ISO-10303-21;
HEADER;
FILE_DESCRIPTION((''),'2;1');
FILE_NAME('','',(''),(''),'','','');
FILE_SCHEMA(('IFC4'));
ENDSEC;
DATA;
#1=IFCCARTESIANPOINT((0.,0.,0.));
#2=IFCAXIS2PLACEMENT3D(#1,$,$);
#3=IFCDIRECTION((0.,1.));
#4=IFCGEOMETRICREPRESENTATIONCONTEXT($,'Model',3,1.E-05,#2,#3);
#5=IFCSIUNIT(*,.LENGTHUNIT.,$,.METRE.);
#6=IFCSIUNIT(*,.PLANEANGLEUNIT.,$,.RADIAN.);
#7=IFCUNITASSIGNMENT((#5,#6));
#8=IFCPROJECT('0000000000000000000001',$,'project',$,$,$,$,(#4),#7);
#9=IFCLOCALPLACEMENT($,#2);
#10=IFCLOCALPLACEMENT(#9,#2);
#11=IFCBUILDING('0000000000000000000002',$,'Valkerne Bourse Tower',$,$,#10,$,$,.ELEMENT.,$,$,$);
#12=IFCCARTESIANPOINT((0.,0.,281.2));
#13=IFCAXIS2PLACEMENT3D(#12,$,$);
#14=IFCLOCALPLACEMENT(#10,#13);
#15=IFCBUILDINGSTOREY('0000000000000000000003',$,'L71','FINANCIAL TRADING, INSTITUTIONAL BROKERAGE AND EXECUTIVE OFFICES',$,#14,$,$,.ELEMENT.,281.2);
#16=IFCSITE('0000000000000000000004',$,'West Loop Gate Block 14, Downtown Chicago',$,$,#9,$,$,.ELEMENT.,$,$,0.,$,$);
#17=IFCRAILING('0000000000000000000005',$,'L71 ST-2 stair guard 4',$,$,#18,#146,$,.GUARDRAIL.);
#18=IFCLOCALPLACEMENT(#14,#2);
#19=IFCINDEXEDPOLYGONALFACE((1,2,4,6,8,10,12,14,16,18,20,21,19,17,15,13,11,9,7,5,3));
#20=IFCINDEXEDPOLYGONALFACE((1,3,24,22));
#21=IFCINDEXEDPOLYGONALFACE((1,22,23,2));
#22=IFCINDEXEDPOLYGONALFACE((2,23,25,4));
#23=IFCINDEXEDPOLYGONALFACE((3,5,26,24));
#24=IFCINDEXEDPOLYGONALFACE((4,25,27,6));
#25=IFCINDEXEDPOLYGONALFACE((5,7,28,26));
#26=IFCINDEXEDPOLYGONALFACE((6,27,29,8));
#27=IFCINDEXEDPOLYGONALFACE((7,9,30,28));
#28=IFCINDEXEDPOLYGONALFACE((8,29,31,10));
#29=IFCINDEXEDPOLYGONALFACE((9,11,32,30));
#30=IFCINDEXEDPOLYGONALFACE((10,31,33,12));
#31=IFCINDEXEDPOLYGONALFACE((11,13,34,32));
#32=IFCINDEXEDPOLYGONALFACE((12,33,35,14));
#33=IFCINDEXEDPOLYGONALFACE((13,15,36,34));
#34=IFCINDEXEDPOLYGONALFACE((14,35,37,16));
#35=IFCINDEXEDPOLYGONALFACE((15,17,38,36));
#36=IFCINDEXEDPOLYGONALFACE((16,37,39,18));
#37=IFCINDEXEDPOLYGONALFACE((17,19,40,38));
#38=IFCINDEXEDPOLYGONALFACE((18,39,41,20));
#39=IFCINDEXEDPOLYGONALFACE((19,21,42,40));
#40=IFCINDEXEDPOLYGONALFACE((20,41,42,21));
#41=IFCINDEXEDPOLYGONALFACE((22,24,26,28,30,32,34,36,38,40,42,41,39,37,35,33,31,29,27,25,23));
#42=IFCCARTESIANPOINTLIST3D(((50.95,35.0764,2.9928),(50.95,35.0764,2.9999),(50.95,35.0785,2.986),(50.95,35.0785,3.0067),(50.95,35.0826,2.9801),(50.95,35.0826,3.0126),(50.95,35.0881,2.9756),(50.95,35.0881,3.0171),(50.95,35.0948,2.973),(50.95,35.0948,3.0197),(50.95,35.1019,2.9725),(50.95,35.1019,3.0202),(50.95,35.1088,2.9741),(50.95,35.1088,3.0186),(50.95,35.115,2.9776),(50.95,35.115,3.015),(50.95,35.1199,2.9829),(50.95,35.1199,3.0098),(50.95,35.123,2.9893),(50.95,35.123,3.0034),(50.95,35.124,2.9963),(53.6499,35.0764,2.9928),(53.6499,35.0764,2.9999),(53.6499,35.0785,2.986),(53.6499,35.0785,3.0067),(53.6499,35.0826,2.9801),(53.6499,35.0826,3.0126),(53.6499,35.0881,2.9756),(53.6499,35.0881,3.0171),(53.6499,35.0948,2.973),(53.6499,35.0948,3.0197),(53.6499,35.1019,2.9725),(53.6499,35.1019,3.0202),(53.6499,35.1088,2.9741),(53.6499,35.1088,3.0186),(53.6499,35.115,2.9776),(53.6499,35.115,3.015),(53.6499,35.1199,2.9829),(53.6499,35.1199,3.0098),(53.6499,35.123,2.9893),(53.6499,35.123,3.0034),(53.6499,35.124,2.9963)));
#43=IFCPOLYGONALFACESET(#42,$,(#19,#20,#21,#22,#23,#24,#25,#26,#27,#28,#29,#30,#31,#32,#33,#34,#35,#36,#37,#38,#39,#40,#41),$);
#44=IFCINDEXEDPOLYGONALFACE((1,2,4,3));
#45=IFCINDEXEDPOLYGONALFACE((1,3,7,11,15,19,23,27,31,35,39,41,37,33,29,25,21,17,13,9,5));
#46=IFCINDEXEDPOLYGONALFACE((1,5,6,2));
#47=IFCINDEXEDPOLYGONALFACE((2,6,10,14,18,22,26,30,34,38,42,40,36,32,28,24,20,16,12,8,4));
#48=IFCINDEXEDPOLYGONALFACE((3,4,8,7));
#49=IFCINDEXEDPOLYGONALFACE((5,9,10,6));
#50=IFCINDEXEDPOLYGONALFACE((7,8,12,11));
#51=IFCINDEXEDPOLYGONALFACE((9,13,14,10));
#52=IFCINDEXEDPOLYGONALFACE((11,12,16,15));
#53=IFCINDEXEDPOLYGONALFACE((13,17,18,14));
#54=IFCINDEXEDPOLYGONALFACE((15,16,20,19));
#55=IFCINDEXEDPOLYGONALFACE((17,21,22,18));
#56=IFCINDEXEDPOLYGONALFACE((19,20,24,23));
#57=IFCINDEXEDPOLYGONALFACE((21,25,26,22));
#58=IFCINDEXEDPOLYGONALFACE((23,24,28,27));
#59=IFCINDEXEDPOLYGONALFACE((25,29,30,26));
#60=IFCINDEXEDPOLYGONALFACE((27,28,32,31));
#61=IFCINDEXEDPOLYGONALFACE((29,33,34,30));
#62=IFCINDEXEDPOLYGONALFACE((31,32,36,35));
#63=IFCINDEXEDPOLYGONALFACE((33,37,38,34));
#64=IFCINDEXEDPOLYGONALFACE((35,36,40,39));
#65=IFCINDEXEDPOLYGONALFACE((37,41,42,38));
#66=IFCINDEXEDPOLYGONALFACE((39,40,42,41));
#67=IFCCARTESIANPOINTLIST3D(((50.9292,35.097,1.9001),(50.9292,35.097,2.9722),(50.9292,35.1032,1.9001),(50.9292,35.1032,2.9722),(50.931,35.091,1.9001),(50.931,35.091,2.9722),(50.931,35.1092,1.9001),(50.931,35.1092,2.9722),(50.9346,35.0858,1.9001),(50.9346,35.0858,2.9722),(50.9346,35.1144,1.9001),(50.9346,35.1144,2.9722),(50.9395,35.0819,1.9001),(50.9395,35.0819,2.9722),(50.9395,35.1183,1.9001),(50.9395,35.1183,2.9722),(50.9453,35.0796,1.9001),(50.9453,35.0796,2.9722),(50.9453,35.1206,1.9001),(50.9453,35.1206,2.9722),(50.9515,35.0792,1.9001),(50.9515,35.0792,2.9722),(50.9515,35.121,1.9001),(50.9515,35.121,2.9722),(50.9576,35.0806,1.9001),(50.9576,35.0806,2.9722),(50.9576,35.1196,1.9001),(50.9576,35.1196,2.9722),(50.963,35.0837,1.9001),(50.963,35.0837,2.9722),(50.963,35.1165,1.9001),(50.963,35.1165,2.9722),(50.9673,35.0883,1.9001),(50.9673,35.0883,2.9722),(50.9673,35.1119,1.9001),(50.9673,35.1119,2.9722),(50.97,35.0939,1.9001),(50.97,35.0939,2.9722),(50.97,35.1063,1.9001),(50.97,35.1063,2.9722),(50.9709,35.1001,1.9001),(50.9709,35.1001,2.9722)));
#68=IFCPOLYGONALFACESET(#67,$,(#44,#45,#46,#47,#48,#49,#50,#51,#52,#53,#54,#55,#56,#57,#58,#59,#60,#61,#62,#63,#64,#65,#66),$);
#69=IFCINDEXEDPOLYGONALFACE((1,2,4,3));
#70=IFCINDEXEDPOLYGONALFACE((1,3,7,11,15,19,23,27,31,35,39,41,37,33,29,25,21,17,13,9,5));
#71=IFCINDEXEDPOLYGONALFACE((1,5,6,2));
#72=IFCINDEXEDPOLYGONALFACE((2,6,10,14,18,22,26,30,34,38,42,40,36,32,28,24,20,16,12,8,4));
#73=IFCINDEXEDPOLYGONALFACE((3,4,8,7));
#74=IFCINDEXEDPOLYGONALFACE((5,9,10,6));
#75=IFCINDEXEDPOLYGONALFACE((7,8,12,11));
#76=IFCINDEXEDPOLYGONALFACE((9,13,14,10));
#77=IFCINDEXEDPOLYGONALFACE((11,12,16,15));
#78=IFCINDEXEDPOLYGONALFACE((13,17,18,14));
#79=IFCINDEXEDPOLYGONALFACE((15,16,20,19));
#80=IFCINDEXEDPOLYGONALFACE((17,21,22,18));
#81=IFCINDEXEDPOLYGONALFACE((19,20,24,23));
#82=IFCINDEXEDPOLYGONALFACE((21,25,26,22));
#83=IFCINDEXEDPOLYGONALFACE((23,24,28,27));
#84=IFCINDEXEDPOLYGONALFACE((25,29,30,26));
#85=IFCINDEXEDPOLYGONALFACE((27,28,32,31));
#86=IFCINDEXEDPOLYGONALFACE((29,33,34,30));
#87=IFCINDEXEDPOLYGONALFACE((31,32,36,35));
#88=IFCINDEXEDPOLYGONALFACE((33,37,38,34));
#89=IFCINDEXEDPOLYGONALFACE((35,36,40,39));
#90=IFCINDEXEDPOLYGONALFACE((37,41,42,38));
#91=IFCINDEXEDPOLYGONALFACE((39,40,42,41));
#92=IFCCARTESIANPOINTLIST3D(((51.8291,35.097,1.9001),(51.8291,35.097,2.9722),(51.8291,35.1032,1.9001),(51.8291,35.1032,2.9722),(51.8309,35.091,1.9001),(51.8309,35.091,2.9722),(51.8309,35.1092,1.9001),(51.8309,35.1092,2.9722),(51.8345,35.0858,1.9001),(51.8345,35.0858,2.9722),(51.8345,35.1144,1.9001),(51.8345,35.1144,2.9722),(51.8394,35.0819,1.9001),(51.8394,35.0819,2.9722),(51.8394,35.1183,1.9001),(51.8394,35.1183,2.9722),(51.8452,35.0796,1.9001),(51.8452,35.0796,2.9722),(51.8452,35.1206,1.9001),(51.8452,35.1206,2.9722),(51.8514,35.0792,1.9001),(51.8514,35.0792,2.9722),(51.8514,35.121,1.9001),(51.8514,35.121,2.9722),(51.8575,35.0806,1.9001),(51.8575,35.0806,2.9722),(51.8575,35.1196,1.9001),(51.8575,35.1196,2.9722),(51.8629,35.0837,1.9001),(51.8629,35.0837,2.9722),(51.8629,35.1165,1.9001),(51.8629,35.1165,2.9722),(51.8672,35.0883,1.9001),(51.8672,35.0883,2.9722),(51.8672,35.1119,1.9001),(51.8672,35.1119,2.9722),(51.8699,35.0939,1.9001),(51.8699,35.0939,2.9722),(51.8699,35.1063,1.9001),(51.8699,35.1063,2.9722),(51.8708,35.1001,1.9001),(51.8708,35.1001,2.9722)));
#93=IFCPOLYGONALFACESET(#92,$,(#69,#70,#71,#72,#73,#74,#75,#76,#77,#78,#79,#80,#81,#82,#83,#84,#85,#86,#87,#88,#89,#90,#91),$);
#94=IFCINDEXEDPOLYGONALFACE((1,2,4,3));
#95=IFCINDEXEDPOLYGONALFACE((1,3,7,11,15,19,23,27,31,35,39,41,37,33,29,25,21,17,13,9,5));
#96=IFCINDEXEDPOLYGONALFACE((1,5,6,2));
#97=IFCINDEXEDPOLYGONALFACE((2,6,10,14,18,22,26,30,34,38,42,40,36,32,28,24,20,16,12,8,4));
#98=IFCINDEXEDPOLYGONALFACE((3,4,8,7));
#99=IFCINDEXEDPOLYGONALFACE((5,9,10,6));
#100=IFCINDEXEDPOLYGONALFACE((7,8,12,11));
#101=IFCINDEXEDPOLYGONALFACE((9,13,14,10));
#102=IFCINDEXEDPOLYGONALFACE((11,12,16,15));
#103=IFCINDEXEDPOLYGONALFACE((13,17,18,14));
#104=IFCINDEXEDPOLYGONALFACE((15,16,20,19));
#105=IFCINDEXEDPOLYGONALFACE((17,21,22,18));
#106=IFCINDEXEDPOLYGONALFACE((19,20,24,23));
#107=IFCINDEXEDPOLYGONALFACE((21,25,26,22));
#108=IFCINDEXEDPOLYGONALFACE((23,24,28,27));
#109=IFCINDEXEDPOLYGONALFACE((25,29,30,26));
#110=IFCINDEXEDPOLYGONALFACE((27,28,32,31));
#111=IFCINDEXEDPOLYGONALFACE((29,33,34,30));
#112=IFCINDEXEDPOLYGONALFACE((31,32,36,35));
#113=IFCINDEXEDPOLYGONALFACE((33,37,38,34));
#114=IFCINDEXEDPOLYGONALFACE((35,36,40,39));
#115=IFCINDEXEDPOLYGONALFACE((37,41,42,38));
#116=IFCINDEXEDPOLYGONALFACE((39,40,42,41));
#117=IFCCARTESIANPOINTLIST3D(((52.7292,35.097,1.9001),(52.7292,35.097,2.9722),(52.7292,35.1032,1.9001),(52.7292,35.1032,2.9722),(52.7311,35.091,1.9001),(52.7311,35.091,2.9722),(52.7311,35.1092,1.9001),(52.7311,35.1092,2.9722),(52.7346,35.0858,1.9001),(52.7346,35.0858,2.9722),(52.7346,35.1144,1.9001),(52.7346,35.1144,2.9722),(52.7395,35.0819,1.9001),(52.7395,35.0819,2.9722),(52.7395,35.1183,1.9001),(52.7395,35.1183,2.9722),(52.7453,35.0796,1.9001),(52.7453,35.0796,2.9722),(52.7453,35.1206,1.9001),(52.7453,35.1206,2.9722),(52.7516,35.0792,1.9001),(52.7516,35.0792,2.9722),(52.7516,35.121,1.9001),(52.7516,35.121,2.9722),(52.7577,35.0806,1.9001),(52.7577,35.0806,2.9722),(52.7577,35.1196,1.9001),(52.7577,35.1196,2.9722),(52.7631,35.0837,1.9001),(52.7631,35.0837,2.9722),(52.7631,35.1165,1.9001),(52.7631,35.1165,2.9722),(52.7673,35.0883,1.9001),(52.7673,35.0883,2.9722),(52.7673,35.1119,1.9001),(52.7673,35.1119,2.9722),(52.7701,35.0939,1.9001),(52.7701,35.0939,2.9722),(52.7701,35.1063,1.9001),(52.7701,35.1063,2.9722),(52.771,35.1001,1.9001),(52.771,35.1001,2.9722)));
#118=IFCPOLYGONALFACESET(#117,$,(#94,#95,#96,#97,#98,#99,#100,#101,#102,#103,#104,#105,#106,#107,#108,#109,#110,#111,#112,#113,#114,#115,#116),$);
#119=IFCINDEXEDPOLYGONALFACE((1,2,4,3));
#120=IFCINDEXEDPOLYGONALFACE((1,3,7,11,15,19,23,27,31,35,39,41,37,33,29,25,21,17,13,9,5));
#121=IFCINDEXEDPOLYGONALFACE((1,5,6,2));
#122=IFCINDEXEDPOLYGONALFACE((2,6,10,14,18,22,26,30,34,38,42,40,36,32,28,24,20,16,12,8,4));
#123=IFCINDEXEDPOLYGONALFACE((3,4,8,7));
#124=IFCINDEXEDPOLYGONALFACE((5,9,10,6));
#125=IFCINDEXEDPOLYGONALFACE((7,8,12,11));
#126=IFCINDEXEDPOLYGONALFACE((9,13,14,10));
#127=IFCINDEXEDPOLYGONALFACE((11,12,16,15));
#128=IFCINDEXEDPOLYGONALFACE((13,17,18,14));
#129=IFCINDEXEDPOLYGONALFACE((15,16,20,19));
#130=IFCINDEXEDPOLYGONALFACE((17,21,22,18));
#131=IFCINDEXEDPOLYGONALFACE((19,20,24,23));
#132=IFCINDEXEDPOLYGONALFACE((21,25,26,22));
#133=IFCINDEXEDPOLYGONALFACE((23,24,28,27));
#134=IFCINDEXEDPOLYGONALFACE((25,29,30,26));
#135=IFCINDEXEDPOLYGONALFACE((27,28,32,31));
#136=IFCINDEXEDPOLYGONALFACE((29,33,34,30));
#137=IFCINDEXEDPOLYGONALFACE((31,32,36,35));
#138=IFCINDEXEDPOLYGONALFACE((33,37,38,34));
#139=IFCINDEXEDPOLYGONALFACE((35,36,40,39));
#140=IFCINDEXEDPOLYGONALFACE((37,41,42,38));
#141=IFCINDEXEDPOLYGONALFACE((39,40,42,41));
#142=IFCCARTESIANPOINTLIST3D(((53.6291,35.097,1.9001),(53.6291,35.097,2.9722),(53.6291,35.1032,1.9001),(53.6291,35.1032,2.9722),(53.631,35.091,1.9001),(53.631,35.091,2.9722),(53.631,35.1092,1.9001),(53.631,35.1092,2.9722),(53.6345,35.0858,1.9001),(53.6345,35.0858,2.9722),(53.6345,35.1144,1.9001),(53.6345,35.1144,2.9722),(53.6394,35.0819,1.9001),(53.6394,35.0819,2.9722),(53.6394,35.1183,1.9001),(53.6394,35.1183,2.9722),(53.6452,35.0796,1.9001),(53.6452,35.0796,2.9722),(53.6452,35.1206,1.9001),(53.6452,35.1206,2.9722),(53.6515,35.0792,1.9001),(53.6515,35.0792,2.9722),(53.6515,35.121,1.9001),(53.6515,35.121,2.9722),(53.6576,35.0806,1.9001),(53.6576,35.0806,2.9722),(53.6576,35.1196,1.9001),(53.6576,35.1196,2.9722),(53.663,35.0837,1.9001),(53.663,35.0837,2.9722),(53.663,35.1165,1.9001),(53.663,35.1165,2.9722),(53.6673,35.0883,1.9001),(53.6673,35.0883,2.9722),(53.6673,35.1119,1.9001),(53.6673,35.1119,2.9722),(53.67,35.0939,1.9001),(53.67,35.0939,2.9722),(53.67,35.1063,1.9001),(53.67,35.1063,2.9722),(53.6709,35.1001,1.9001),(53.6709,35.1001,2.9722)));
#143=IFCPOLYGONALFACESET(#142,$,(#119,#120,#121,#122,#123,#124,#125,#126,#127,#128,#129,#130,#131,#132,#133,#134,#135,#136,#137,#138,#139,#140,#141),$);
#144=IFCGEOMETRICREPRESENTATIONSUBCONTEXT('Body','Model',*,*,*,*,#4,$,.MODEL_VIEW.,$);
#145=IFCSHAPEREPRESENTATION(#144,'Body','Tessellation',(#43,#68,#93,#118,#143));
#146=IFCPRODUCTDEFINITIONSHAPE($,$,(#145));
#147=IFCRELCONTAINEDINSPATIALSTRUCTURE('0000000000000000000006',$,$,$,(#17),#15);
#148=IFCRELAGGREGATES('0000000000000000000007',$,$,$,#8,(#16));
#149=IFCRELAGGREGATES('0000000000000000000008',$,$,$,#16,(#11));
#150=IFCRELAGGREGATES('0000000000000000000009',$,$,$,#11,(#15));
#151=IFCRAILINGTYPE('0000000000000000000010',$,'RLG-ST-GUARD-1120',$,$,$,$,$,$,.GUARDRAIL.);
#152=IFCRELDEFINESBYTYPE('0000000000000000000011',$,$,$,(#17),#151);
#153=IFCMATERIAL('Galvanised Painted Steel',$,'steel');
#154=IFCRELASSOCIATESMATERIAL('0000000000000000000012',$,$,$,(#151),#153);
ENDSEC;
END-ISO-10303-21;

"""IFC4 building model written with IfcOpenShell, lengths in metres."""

from ifc_helpers import new_model, si_unit, direction, frame, origin, origin_2d, place, context, subcontext, project, spatial, circle, extrude, material, type_object, element, save


model = new_model("IFC4")

# Units and contexts
model_context = context("Model", 3, precision=1e-05, world=origin(), true_north=direction((0.0, 1.0)))
body_context = subcontext(model_context, "Body", "Model", "MODEL_VIEW")
ifc_project = project(units=[si_unit("LENGTHUNIT", "METRE"), si_unit("PLANEANGLEUNIT", "RADIAN")], contexts=[model_context])

# Site, building, storey
site_placement = place(None, origin())
site = spatial("IfcSite", under=ifc_project, at=site_placement, Name="West Loop Gate Block 14, Downtown Chicago", CompositionType="ELEMENT", RefElevation=0.0)
building_placement = place(site_placement, origin())
building = spatial("IfcBuilding", under=site, at=building_placement, Name="Valkerne Bourse Tower", CompositionType="ELEMENT")
storey_placement = place(building_placement, frame((0.0, 0.0, 281.2)))
storey = spatial("IfcBuildingStorey", under=building, at=storey_placement, Name="L71", Description="FINANCIAL TRADING, INSTITUTIONAL BROKERAGE AND EXECUTIVE OFFICES", CompositionType="ELEMENT", Elevation=281.2)

# Railing
ifc_material_1 = material(Name="Galvanised Painted Steel", Category="steel")
railing_type_1 = type_object("IfcRailingType", Name="RLG-ST-GUARD-1120", PredefinedType="GUARDRAIL", material=ifc_material_1)
railing_1_placement = place(storey_placement, frame((50.95, 35.1001, 1.9001)))
element("IfcRailing", 1, at=railing_1_placement, inside=storey, type_object=railing_type_1, Name="L71 ST-2 stair guard 4", PredefinedType="GUARDRAIL", context=body_context, shape_type="SweptSolid", body=[
    extrude(circle(Radius=0.0239, at=origin_2d()), frame((0.0, 0.0, 1.0962), z_axis=(1.0, 0.0, 0.0), x_axis=(0.0, 1.0, 0.0)), (0.0, 0.0, 1.0), 2.7),
    extrude(circle(Radius=0.021, at=origin_2d()), origin(), (0.0, 0.0, 1.0), 1.072),
    extrude(circle(Radius=0.021, at=origin_2d()), frame((0.8999, 0.0, 0.0)), (0.0, 0.0, 1.0), 1.072),
    extrude(circle(Radius=0.021, at=origin_2d()), frame((1.8, 0.0, 0.0)), (0.0, 0.0, 1.0), 1.072),
    extrude(circle(Radius=0.021, at=origin_2d()), frame((2.7, 0.0, 0.0)), (0.0, 0.0, 1.0), 1.072),
])

save(model, "model.ifc")
